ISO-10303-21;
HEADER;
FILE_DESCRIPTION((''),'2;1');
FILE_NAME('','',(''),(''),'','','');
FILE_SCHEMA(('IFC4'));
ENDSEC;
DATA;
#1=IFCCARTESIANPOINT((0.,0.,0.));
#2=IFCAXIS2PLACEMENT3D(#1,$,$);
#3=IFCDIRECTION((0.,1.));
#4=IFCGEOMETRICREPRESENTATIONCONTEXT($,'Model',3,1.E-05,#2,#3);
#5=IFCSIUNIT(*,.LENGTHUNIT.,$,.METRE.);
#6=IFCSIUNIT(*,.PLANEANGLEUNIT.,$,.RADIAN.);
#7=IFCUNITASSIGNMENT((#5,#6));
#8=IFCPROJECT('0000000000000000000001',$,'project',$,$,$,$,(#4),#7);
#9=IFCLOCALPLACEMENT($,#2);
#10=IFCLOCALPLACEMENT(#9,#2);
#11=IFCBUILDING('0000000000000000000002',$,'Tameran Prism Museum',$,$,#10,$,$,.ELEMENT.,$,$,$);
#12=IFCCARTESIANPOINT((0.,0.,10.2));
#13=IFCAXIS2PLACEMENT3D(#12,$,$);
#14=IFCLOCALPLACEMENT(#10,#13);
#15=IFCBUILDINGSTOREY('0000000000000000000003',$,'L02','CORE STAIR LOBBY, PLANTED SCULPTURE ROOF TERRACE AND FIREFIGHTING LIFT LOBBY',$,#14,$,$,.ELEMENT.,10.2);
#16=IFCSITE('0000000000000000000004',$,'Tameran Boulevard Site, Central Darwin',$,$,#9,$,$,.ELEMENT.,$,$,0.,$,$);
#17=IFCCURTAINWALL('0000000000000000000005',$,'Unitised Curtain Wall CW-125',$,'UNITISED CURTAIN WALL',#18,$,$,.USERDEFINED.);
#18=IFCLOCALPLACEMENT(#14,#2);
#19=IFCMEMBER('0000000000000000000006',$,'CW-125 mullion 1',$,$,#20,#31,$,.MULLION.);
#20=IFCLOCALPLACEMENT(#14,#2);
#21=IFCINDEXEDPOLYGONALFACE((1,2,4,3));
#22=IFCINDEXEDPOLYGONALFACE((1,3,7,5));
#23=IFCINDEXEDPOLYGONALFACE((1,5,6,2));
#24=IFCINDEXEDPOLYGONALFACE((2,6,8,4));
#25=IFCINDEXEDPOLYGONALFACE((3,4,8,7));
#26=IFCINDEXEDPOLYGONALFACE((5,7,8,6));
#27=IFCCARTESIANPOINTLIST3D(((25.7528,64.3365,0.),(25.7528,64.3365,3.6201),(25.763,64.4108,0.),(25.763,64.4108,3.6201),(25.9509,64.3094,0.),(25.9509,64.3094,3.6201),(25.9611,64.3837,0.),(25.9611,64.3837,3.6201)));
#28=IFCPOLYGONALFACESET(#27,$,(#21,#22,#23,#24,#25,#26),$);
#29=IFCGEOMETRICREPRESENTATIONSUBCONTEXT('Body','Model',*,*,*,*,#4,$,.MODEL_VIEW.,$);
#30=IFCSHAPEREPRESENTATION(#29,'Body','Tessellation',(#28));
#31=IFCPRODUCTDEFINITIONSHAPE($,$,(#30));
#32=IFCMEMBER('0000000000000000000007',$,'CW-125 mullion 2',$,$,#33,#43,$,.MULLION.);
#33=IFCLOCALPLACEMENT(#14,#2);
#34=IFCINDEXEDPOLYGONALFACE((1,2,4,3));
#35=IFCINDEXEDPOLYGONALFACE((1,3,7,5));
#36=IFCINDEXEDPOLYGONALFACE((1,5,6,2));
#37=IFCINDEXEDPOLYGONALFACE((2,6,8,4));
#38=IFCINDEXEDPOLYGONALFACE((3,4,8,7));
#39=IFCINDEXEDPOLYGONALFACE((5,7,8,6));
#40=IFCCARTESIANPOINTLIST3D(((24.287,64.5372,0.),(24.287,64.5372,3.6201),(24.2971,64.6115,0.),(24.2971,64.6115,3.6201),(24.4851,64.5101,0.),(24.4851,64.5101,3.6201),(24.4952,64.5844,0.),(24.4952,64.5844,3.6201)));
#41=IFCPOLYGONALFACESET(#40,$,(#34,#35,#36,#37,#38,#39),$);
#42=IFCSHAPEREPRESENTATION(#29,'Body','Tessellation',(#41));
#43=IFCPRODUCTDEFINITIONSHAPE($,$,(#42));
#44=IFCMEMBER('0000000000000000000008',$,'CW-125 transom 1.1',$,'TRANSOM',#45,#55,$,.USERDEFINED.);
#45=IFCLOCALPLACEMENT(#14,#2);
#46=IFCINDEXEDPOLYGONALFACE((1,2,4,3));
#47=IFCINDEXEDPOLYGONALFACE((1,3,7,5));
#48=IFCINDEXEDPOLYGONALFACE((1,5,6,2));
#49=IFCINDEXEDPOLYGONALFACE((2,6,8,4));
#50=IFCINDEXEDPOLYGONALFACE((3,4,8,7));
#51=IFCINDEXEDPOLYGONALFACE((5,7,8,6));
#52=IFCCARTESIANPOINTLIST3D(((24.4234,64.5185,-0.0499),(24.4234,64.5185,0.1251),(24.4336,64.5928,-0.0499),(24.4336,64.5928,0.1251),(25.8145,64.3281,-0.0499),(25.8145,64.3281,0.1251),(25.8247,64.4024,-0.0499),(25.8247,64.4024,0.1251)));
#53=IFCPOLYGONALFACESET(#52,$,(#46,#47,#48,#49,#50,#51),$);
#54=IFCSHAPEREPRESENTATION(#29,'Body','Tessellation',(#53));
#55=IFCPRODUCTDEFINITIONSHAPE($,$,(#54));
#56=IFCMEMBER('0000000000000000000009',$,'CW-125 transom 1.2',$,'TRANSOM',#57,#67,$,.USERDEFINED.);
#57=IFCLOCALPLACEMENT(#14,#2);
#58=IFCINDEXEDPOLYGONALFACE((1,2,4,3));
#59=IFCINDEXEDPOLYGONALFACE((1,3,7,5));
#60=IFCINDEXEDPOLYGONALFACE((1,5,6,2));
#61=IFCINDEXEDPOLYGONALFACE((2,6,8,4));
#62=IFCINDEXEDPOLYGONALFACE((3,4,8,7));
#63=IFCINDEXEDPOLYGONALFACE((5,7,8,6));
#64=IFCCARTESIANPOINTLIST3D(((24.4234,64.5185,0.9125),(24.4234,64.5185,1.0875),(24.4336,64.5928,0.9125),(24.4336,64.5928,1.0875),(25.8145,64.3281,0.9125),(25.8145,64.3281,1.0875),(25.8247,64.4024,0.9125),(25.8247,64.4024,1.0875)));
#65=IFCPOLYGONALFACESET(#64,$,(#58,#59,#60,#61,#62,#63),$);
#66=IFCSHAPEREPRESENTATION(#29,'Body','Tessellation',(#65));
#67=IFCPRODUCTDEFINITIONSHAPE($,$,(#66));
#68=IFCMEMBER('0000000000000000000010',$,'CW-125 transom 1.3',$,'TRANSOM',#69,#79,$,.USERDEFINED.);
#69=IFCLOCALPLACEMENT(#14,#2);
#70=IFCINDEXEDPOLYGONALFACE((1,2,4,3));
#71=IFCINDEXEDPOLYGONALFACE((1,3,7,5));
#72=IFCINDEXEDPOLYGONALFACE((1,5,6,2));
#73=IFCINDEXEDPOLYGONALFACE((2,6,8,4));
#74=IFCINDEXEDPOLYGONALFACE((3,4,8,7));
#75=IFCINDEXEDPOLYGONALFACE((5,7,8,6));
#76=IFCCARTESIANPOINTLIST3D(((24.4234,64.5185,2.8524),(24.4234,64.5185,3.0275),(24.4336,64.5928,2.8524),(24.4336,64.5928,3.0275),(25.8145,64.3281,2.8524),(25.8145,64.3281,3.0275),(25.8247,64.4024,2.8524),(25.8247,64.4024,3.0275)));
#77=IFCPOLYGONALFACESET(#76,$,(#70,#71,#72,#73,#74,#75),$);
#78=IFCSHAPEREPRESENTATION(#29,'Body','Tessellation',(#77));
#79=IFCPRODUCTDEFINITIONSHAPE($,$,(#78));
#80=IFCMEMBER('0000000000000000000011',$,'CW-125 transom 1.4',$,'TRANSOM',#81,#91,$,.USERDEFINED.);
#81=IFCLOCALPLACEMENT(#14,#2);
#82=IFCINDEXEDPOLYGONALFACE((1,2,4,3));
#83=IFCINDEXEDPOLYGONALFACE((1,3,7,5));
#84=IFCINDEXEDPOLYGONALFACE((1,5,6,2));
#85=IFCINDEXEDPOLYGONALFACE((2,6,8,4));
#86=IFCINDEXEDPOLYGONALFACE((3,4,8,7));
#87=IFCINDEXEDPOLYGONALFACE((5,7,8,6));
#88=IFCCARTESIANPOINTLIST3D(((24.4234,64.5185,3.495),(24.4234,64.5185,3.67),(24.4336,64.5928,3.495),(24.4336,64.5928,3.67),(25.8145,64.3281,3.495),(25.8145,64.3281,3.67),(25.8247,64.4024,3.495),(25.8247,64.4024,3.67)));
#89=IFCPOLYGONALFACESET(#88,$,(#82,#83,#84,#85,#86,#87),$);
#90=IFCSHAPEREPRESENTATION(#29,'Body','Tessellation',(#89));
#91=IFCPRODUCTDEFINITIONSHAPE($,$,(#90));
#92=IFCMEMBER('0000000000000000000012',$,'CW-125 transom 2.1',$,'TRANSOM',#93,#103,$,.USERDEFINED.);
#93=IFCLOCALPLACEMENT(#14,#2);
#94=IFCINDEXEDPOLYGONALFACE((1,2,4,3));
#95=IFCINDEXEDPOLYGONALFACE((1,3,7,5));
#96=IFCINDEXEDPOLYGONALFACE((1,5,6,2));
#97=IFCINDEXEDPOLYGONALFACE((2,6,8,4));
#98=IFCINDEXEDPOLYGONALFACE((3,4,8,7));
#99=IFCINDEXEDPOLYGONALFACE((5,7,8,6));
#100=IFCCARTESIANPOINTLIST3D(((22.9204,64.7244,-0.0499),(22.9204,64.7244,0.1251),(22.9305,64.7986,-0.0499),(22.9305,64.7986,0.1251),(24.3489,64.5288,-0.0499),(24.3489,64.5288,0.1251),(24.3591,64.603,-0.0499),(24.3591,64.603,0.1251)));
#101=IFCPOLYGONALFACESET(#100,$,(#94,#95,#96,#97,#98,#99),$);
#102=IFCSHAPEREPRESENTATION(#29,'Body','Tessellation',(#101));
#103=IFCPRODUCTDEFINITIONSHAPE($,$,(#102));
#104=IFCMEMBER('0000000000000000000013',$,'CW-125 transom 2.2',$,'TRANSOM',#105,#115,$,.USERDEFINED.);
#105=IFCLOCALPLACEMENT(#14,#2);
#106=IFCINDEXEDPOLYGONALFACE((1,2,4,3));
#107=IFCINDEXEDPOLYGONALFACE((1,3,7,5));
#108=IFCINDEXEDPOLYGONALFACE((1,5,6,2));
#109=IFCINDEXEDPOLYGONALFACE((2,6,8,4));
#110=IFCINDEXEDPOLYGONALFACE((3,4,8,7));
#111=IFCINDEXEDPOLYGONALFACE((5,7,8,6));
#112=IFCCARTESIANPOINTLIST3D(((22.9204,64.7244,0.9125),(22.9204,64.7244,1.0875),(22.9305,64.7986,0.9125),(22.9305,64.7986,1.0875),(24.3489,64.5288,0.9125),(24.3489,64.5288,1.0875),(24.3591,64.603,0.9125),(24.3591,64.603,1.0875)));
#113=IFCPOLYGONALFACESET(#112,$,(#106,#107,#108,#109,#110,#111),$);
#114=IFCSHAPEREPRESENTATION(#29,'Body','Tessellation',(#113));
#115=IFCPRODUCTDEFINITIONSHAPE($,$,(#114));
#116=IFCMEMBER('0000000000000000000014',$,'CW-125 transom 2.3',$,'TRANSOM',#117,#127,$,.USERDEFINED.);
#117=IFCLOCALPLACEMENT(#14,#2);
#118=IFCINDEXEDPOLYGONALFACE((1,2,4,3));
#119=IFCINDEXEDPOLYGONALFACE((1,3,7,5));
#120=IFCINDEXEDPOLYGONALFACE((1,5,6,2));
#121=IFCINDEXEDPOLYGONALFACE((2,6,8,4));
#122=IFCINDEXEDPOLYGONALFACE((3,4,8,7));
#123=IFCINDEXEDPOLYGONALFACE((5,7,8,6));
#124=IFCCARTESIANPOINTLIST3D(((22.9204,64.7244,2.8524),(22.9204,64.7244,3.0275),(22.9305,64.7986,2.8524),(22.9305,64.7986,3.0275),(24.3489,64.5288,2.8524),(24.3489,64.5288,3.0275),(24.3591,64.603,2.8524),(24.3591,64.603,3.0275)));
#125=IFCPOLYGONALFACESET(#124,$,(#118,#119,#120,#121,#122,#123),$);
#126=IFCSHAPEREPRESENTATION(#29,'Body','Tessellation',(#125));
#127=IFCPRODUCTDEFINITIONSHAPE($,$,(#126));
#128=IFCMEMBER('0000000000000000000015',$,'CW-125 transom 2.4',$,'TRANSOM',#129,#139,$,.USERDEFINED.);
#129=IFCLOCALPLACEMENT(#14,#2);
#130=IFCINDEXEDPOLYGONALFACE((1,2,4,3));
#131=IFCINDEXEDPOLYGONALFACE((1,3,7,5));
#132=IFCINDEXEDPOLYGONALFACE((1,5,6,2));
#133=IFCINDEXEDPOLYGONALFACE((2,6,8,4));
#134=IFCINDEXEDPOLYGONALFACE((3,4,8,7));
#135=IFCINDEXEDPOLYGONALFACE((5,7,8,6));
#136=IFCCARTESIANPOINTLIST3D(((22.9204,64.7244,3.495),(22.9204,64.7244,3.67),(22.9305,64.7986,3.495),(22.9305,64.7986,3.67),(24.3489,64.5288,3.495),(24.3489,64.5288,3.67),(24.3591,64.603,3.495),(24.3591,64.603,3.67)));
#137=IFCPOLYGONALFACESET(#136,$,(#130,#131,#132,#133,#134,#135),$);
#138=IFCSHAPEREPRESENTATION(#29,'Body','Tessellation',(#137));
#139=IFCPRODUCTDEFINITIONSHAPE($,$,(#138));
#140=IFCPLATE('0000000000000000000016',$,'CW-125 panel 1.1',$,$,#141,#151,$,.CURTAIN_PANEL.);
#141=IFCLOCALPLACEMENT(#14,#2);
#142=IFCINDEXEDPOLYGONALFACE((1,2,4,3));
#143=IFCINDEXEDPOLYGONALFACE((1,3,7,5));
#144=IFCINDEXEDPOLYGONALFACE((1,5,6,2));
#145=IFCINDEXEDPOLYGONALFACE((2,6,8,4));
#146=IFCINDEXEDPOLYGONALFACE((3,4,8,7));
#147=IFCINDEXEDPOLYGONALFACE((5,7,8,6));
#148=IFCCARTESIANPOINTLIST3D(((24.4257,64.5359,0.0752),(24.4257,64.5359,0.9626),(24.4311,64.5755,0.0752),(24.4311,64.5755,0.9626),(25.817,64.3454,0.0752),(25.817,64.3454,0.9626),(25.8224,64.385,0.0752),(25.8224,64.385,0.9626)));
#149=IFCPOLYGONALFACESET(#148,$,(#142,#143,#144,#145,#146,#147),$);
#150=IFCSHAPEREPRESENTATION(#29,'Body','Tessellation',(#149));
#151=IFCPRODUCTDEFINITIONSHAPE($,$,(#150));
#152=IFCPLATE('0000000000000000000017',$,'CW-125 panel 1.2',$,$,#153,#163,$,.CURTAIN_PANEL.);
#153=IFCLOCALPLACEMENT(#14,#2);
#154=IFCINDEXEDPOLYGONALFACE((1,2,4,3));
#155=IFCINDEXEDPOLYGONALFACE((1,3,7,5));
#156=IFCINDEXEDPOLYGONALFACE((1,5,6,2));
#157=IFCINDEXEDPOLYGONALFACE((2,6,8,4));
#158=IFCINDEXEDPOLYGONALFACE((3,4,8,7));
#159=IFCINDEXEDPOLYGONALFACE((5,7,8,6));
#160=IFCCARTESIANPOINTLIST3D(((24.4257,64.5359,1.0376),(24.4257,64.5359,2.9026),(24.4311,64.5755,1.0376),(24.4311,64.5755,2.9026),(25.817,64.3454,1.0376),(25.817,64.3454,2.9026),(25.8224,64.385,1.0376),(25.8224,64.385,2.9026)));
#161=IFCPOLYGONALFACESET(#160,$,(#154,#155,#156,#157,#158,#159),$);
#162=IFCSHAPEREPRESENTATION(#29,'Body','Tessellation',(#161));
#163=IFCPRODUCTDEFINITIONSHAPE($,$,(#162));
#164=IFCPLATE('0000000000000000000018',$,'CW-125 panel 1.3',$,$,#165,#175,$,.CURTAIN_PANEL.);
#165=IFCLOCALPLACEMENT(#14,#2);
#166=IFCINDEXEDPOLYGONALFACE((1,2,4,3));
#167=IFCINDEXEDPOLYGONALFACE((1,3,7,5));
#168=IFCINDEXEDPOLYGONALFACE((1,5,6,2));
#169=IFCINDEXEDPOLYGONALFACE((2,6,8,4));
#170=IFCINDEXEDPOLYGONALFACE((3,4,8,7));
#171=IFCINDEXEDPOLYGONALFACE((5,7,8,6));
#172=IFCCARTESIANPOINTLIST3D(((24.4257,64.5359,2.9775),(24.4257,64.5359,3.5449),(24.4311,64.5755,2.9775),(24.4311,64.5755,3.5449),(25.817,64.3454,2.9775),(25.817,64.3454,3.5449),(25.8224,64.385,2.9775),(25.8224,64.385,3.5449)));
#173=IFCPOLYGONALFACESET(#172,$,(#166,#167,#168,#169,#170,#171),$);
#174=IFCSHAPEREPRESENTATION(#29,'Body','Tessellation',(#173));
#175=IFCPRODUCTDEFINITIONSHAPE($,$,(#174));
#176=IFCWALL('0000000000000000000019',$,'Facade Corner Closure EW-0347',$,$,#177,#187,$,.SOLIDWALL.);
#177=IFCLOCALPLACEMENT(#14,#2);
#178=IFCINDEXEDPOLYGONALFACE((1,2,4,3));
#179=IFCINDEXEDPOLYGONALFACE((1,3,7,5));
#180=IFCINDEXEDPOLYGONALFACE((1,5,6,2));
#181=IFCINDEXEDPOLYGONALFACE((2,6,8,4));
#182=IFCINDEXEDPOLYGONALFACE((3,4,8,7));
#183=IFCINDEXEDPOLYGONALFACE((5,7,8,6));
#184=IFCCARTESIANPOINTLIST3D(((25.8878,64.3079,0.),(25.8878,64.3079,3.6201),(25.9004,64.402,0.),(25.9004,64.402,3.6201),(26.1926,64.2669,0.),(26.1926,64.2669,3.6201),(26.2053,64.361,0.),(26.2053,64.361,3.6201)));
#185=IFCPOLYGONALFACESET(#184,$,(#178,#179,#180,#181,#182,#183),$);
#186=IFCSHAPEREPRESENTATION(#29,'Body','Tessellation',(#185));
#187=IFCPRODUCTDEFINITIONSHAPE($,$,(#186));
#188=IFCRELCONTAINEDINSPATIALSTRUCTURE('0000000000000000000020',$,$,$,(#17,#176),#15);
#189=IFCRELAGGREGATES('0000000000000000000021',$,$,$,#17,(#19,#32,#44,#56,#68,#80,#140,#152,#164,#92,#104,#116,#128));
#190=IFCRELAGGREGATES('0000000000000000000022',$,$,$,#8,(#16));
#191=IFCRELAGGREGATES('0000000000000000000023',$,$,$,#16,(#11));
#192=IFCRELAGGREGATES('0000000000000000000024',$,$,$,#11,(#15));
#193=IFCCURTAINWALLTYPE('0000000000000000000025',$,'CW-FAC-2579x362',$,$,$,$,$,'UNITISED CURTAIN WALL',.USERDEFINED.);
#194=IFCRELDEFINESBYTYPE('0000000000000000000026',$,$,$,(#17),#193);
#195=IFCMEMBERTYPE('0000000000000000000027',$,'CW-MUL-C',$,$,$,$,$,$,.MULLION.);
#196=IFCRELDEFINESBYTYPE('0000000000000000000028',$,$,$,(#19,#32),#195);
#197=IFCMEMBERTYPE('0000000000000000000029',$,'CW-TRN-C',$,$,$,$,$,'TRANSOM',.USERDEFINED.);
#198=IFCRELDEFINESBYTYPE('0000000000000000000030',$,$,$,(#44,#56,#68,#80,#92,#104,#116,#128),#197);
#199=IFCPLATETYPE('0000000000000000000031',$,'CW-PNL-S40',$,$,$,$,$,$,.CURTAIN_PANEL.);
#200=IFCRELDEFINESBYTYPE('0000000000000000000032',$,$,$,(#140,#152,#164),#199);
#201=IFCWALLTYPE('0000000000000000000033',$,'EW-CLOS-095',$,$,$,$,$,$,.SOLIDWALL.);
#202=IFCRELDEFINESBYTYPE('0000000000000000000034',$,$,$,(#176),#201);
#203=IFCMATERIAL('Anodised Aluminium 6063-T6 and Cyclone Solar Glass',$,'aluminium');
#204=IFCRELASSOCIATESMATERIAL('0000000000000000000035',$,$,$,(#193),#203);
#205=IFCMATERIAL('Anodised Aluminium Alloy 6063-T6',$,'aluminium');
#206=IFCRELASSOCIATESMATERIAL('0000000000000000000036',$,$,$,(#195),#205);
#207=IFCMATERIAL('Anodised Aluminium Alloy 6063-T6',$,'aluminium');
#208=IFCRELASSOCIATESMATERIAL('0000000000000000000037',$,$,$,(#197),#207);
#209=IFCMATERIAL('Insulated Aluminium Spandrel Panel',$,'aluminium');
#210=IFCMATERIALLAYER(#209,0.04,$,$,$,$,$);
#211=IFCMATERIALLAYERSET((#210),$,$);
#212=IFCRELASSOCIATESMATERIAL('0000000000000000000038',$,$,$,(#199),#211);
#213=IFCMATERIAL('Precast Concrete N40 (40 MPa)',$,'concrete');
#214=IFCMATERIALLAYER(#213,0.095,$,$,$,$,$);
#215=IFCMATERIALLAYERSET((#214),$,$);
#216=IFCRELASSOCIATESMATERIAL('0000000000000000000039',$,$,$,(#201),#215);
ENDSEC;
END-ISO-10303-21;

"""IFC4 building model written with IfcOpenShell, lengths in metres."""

from ifc_helpers import new_model, si_unit, direction, frame, frame_2d, origin, origin_2d, place, context, subcontext, project, spatial, rectangle, extrude, material, layer, layer_set, material_profile, profile_set, type_object, element, aggregate, save


model = new_model("IFC4")

# Units and contexts
model_context = context("Model", 3, precision=1e-05, world=origin(), true_north=direction((0.0, 1.0)))
body_context = subcontext(model_context, "Body", "Model", "MODEL_VIEW")
ifc_project = project(units=[si_unit("LENGTHUNIT", "METRE"), si_unit("PLANEANGLEUNIT", "RADIAN")], contexts=[model_context])

# Site, building, storey
site_placement = place(None, origin())
site = spatial("IfcSite", under=ifc_project, at=site_placement, Name="Tameran Boulevard Site, Central Darwin", CompositionType="ELEMENT", RefElevation=0.0)
building_placement = place(site_placement, origin())
building = spatial("IfcBuilding", under=site, at=building_placement, Name="Tameran Prism Museum", CompositionType="ELEMENT")
storey_placement = place(building_placement, frame((0.0, 0.0, 10.2)))
storey = spatial("IfcBuildingStorey", under=building, at=storey_placement, Name="L02", Description="CORE STAIR LOBBY, PLANTED SCULPTURE ROOF TERRACE AND FIREFIGHTING LIFT LOBBY", CompositionType="ELEMENT", Elevation=10.2)

# Curtain wall, members, plates
ifc_material_1 = material(Name="Anodised Aluminium 6063-T6 and Cyclone Solar Glass", Category="aluminium")
curtain_wall_type = type_object("IfcCurtainWallType", Name="CW-FAC-2579x362", ElementType="UNITISED CURTAIN WALL", PredefinedType="USERDEFINED", material=ifc_material_1)
curtain_wall_placement = place(storey_placement, origin())
curtain_wall = element("IfcCurtainWall", 1, at=curtain_wall_placement, inside=storey, type_object=curtain_wall_type, Name="Unitised Curtain Wall CW-125", ObjectType="UNITISED CURTAIN WALL", PredefinedType="USERDEFINED")
ifc_material_2 = material(Name="Anodised Aluminium Alloy 6063-T6", Category="aluminium")
ifc_material_profile_1 = material_profile(ifc_material_2, rectangle(XDim=0.075, YDim=0.2, at=origin_2d()))
ifc_profile_set_1 = profile_set([ifc_material_profile_1])
member_type_1 = type_object("IfcMemberType", Name="CW-MUL-C", PredefinedType="MULLION", material=ifc_profile_set_1)
member_1_placement = place(storey_placement, frame((25.8569, 64.3601, 0.0), z_axis=(0.0, 0.0, 1.0), x_axis=(-0.135658, -0.990756, 0.0)))
member_1 = element("IfcMember", 2, at=member_1_placement, type_object=member_type_1, Name="CW-125 mullion 1", PredefinedType="MULLION", context=body_context, shape_type="SweptSolid", body=[
    extrude(rectangle(XDim=0.075, YDim=0.2, at=origin_2d()), origin(), (0.0, 0.0, 1.0), 3.6201),
])
member_2_placement = place(storey_placement, frame((24.3911, 64.5608, 0.0), z_axis=(0.0, 0.0, 1.0), x_axis=(-0.135658, -0.990756, 0.0)))
member_2 = element("IfcMember", 3, at=member_2_placement, type_object=member_type_1, Name="CW-125 mullion 2", PredefinedType="MULLION", context=body_context, shape_type="SweptSolid", body=[
    extrude(rectangle(XDim=0.075, YDim=0.2, at=origin_2d()), origin(), (0.0, 0.0, 1.0), 3.6201),
])
ifc_material_3 = material(Name="Anodised Aluminium Alloy 6063-T6", Category="aluminium")
ifc_material_profile_2 = material_profile(ifc_material_3, rectangle(XDim=0.075, YDim=0.175, at=origin_2d()))
ifc_profile_set_2 = profile_set([ifc_material_profile_2])
member_type_2 = type_object("IfcMemberType", Name="CW-TRN-C", ElementType="TRANSOM", PredefinedType="USERDEFINED", material=ifc_profile_set_2)
member_3_placement = place(storey_placement, frame((25.8196, 64.3652, 0.0376), z_axis=(-0.99076, 0.135625, 0.0), x_axis=(-0.135625, -0.99076, 0.0)))
member_3 = element("IfcMember", 4, at=member_3_placement, type_object=member_type_2, Name="CW-125 transom 1.1", ObjectType="TRANSOM", PredefinedType="USERDEFINED", context=body_context, shape_type="SweptSolid", body=[
    extrude(rectangle(XDim=0.075, YDim=0.175, at=origin_2d()), origin(), (0.0, 0.0, 1.0), 1.4041),
])
member_4_placement = place(storey_placement, frame((25.8196, 64.3652, 1.0), z_axis=(-0.99076, 0.135625, 0.0), x_axis=(-0.135625, -0.99076, 0.0)))
member_4 = element("IfcMember", 5, at=member_4_placement, type_object=member_type_2, Name="CW-125 transom 1.2", ObjectType="TRANSOM", PredefinedType="USERDEFINED", context=body_context, shape_type="SweptSolid", body=[
    extrude(rectangle(XDim=0.075, YDim=0.175, at=origin_2d()), origin(), (0.0, 0.0, 1.0), 1.4041),
])
member_5_placement = place(storey_placement, frame((25.8196, 64.3652, 2.9399), z_axis=(-0.99076, 0.135625, 0.0), x_axis=(-0.135625, -0.99076, 0.0)))
member_5 = element("IfcMember", 6, at=member_5_placement, type_object=member_type_2, Name="CW-125 transom 1.3", ObjectType="TRANSOM", PredefinedType="USERDEFINED", context=body_context, shape_type="SweptSolid", body=[
    extrude(rectangle(XDim=0.075, YDim=0.175, at=origin_2d()), origin(), (0.0, 0.0, 1.0), 1.4041),
])
member_6_placement = place(storey_placement, frame((25.8196, 64.3652, 3.5825), z_axis=(-0.99076, 0.135625, 0.0), x_axis=(-0.135625, -0.99076, 0.0)))
member_6 = element("IfcMember", 7, at=member_6_placement, type_object=member_type_2, Name="CW-125 transom 1.4", ObjectType="TRANSOM", PredefinedType="USERDEFINED", context=body_context, shape_type="SweptSolid", body=[
    extrude(rectangle(XDim=0.075, YDim=0.175, at=origin_2d()), origin(), (0.0, 0.0, 1.0), 1.4041),
])
member_7_placement = place(storey_placement, frame((24.354, 64.5659, 0.0376), z_axis=(-0.990759, 0.135635, 0.0), x_axis=(-0.135635, -0.990759, 0.0)))
member_7 = element("IfcMember", 8, at=member_7_placement, type_object=member_type_2, Name="CW-125 transom 2.1", ObjectType="TRANSOM", PredefinedType="USERDEFINED", context=body_context, shape_type="SweptSolid", body=[
    extrude(rectangle(XDim=0.075, YDim=0.175, at=origin_2d()), origin(), (0.0, 0.0, 1.0), 1.4419),
])
member_8_placement = place(storey_placement, frame((24.354, 64.5659, 1.0), z_axis=(-0.990759, 0.135635, 0.0), x_axis=(-0.135635, -0.990759, 0.0)))
member_8 = element("IfcMember", 9, at=member_8_placement, type_object=member_type_2, Name="CW-125 transom 2.2", ObjectType="TRANSOM", PredefinedType="USERDEFINED", context=body_context, shape_type="SweptSolid", body=[
    extrude(rectangle(XDim=0.075, YDim=0.175, at=origin_2d()), origin(), (0.0, 0.0, 1.0), 1.4419),
])
member_9_placement = place(storey_placement, frame((24.354, 64.5659, 2.9399), z_axis=(-0.990759, 0.135635, 0.0), x_axis=(-0.135635, -0.990759, 0.0)))
member_9 = element("IfcMember", 10, at=member_9_placement, type_object=member_type_2, Name="CW-125 transom 2.3", ObjectType="TRANSOM", PredefinedType="USERDEFINED", context=body_context, shape_type="SweptSolid", body=[
    extrude(rectangle(XDim=0.075, YDim=0.175, at=origin_2d()), origin(), (0.0, 0.0, 1.0), 1.4419),
])
member_10_placement = place(storey_placement, frame((24.354, 64.5659, 3.5825), z_axis=(-0.990759, 0.135635, 0.0), x_axis=(-0.135635, -0.990759, 0.0)))
member_10 = element("IfcMember", 11, at=member_10_placement, type_object=member_type_2, Name="CW-125 transom 2.4", ObjectType="TRANSOM", PredefinedType="USERDEFINED", context=body_context, shape_type="SweptSolid", body=[
    extrude(rectangle(XDim=0.075, YDim=0.175, at=origin_2d()), origin(), (0.0, 0.0, 1.0), 1.4419),
])
ifc_material_4 = material(Name="Insulated Aluminium Spandrel Panel", Category="aluminium")
ifc_layer_1 = layer(ifc_material_4, 0.04)
ifc_layer_set_1 = layer_set([ifc_layer_1])
plate_type = type_object("IfcPlateType", Name="CW-PNL-S40", PredefinedType="CURTAIN_PANEL", material=ifc_layer_set_1)
plate_1_placement = place(storey_placement, frame((25.124, 64.4604, 0.0752), z_axis=(0.0, 0.0, 1.0), x_axis=(-0.990756, 0.135658, 0.0)))
plate_1 = element("IfcPlate", 12, at=plate_1_placement, type_object=plate_type, Name="CW-125 panel 1.1", PredefinedType="CURTAIN_PANEL", context=body_context, shape_type="SweptSolid", body=[
    extrude(rectangle(XDim=1.4043, YDim=0.04, at=origin_2d()), origin(), (0.0, 0.0, 1.0), 0.8875),
])
plate_2_placement = place(storey_placement, frame((25.124, 64.4604, 1.0376), z_axis=(0.0, 0.0, 1.0), x_axis=(-0.990756, 0.135658, 0.0)))
plate_2 = element("IfcPlate", 13, at=plate_2_placement, type_object=plate_type, Name="CW-125 panel 1.2", PredefinedType="CURTAIN_PANEL", context=body_context, shape_type="SweptSolid", body=[
    extrude(rectangle(XDim=1.4043, YDim=0.04, at=origin_2d()), origin(), (0.0, 0.0, 1.0), 1.865),
])
plate_3_placement = place(storey_placement, frame((25.124, 64.4604, 2.9775), z_axis=(0.0, 0.0, 1.0), x_axis=(-0.990756, 0.135658, 0.0)))
plate_3 = element("IfcPlate", 14, at=plate_3_placement, type_object=plate_type, Name="CW-125 panel 1.3", PredefinedType="CURTAIN_PANEL", context=body_context, shape_type="SweptSolid", body=[
    extrude(rectangle(XDim=1.4043, YDim=0.04, at=origin_2d()), origin(), (0.0, 0.0, 1.0), 0.5674),
])
aggregate(curtain_wall, [member_1, member_2, member_3, member_4, member_5, member_6, plate_1, plate_2, plate_3, member_7, member_8, member_9, member_10])

# Wall
ifc_material_5 = material(Name="Precast Concrete N40 (40 MPa)", Category="concrete")
ifc_layer_2 = layer(ifc_material_5, 0.095)
ifc_layer_set_2 = layer_set([ifc_layer_2])
wall_type_1 = type_object("IfcWallType", Name="EW-CLOS-095", PredefinedType="SOLIDWALL", material=ifc_layer_set_2)
wall_1_placement = place(storey_placement, frame((26.199, 64.314, 0.0), z_axis=(0.0, 0.0, 1.0), x_axis=(-0.991075, 0.133307, 0.0)))
element("IfcWall", 15, at=wall_1_placement, inside=storey, type_object=wall_type_1, Name="Facade Corner Closure EW-0347", PredefinedType="SOLIDWALL", context=body_context, shape_type="SweptSolid", body=[
    extrude(rectangle(XDim=0.3076, YDim=0.095, at=frame_2d((0.1538, 0.0))), origin(), (0.0, 0.0, 1.0), 3.6201),
])

save(model, "model.ifc")
